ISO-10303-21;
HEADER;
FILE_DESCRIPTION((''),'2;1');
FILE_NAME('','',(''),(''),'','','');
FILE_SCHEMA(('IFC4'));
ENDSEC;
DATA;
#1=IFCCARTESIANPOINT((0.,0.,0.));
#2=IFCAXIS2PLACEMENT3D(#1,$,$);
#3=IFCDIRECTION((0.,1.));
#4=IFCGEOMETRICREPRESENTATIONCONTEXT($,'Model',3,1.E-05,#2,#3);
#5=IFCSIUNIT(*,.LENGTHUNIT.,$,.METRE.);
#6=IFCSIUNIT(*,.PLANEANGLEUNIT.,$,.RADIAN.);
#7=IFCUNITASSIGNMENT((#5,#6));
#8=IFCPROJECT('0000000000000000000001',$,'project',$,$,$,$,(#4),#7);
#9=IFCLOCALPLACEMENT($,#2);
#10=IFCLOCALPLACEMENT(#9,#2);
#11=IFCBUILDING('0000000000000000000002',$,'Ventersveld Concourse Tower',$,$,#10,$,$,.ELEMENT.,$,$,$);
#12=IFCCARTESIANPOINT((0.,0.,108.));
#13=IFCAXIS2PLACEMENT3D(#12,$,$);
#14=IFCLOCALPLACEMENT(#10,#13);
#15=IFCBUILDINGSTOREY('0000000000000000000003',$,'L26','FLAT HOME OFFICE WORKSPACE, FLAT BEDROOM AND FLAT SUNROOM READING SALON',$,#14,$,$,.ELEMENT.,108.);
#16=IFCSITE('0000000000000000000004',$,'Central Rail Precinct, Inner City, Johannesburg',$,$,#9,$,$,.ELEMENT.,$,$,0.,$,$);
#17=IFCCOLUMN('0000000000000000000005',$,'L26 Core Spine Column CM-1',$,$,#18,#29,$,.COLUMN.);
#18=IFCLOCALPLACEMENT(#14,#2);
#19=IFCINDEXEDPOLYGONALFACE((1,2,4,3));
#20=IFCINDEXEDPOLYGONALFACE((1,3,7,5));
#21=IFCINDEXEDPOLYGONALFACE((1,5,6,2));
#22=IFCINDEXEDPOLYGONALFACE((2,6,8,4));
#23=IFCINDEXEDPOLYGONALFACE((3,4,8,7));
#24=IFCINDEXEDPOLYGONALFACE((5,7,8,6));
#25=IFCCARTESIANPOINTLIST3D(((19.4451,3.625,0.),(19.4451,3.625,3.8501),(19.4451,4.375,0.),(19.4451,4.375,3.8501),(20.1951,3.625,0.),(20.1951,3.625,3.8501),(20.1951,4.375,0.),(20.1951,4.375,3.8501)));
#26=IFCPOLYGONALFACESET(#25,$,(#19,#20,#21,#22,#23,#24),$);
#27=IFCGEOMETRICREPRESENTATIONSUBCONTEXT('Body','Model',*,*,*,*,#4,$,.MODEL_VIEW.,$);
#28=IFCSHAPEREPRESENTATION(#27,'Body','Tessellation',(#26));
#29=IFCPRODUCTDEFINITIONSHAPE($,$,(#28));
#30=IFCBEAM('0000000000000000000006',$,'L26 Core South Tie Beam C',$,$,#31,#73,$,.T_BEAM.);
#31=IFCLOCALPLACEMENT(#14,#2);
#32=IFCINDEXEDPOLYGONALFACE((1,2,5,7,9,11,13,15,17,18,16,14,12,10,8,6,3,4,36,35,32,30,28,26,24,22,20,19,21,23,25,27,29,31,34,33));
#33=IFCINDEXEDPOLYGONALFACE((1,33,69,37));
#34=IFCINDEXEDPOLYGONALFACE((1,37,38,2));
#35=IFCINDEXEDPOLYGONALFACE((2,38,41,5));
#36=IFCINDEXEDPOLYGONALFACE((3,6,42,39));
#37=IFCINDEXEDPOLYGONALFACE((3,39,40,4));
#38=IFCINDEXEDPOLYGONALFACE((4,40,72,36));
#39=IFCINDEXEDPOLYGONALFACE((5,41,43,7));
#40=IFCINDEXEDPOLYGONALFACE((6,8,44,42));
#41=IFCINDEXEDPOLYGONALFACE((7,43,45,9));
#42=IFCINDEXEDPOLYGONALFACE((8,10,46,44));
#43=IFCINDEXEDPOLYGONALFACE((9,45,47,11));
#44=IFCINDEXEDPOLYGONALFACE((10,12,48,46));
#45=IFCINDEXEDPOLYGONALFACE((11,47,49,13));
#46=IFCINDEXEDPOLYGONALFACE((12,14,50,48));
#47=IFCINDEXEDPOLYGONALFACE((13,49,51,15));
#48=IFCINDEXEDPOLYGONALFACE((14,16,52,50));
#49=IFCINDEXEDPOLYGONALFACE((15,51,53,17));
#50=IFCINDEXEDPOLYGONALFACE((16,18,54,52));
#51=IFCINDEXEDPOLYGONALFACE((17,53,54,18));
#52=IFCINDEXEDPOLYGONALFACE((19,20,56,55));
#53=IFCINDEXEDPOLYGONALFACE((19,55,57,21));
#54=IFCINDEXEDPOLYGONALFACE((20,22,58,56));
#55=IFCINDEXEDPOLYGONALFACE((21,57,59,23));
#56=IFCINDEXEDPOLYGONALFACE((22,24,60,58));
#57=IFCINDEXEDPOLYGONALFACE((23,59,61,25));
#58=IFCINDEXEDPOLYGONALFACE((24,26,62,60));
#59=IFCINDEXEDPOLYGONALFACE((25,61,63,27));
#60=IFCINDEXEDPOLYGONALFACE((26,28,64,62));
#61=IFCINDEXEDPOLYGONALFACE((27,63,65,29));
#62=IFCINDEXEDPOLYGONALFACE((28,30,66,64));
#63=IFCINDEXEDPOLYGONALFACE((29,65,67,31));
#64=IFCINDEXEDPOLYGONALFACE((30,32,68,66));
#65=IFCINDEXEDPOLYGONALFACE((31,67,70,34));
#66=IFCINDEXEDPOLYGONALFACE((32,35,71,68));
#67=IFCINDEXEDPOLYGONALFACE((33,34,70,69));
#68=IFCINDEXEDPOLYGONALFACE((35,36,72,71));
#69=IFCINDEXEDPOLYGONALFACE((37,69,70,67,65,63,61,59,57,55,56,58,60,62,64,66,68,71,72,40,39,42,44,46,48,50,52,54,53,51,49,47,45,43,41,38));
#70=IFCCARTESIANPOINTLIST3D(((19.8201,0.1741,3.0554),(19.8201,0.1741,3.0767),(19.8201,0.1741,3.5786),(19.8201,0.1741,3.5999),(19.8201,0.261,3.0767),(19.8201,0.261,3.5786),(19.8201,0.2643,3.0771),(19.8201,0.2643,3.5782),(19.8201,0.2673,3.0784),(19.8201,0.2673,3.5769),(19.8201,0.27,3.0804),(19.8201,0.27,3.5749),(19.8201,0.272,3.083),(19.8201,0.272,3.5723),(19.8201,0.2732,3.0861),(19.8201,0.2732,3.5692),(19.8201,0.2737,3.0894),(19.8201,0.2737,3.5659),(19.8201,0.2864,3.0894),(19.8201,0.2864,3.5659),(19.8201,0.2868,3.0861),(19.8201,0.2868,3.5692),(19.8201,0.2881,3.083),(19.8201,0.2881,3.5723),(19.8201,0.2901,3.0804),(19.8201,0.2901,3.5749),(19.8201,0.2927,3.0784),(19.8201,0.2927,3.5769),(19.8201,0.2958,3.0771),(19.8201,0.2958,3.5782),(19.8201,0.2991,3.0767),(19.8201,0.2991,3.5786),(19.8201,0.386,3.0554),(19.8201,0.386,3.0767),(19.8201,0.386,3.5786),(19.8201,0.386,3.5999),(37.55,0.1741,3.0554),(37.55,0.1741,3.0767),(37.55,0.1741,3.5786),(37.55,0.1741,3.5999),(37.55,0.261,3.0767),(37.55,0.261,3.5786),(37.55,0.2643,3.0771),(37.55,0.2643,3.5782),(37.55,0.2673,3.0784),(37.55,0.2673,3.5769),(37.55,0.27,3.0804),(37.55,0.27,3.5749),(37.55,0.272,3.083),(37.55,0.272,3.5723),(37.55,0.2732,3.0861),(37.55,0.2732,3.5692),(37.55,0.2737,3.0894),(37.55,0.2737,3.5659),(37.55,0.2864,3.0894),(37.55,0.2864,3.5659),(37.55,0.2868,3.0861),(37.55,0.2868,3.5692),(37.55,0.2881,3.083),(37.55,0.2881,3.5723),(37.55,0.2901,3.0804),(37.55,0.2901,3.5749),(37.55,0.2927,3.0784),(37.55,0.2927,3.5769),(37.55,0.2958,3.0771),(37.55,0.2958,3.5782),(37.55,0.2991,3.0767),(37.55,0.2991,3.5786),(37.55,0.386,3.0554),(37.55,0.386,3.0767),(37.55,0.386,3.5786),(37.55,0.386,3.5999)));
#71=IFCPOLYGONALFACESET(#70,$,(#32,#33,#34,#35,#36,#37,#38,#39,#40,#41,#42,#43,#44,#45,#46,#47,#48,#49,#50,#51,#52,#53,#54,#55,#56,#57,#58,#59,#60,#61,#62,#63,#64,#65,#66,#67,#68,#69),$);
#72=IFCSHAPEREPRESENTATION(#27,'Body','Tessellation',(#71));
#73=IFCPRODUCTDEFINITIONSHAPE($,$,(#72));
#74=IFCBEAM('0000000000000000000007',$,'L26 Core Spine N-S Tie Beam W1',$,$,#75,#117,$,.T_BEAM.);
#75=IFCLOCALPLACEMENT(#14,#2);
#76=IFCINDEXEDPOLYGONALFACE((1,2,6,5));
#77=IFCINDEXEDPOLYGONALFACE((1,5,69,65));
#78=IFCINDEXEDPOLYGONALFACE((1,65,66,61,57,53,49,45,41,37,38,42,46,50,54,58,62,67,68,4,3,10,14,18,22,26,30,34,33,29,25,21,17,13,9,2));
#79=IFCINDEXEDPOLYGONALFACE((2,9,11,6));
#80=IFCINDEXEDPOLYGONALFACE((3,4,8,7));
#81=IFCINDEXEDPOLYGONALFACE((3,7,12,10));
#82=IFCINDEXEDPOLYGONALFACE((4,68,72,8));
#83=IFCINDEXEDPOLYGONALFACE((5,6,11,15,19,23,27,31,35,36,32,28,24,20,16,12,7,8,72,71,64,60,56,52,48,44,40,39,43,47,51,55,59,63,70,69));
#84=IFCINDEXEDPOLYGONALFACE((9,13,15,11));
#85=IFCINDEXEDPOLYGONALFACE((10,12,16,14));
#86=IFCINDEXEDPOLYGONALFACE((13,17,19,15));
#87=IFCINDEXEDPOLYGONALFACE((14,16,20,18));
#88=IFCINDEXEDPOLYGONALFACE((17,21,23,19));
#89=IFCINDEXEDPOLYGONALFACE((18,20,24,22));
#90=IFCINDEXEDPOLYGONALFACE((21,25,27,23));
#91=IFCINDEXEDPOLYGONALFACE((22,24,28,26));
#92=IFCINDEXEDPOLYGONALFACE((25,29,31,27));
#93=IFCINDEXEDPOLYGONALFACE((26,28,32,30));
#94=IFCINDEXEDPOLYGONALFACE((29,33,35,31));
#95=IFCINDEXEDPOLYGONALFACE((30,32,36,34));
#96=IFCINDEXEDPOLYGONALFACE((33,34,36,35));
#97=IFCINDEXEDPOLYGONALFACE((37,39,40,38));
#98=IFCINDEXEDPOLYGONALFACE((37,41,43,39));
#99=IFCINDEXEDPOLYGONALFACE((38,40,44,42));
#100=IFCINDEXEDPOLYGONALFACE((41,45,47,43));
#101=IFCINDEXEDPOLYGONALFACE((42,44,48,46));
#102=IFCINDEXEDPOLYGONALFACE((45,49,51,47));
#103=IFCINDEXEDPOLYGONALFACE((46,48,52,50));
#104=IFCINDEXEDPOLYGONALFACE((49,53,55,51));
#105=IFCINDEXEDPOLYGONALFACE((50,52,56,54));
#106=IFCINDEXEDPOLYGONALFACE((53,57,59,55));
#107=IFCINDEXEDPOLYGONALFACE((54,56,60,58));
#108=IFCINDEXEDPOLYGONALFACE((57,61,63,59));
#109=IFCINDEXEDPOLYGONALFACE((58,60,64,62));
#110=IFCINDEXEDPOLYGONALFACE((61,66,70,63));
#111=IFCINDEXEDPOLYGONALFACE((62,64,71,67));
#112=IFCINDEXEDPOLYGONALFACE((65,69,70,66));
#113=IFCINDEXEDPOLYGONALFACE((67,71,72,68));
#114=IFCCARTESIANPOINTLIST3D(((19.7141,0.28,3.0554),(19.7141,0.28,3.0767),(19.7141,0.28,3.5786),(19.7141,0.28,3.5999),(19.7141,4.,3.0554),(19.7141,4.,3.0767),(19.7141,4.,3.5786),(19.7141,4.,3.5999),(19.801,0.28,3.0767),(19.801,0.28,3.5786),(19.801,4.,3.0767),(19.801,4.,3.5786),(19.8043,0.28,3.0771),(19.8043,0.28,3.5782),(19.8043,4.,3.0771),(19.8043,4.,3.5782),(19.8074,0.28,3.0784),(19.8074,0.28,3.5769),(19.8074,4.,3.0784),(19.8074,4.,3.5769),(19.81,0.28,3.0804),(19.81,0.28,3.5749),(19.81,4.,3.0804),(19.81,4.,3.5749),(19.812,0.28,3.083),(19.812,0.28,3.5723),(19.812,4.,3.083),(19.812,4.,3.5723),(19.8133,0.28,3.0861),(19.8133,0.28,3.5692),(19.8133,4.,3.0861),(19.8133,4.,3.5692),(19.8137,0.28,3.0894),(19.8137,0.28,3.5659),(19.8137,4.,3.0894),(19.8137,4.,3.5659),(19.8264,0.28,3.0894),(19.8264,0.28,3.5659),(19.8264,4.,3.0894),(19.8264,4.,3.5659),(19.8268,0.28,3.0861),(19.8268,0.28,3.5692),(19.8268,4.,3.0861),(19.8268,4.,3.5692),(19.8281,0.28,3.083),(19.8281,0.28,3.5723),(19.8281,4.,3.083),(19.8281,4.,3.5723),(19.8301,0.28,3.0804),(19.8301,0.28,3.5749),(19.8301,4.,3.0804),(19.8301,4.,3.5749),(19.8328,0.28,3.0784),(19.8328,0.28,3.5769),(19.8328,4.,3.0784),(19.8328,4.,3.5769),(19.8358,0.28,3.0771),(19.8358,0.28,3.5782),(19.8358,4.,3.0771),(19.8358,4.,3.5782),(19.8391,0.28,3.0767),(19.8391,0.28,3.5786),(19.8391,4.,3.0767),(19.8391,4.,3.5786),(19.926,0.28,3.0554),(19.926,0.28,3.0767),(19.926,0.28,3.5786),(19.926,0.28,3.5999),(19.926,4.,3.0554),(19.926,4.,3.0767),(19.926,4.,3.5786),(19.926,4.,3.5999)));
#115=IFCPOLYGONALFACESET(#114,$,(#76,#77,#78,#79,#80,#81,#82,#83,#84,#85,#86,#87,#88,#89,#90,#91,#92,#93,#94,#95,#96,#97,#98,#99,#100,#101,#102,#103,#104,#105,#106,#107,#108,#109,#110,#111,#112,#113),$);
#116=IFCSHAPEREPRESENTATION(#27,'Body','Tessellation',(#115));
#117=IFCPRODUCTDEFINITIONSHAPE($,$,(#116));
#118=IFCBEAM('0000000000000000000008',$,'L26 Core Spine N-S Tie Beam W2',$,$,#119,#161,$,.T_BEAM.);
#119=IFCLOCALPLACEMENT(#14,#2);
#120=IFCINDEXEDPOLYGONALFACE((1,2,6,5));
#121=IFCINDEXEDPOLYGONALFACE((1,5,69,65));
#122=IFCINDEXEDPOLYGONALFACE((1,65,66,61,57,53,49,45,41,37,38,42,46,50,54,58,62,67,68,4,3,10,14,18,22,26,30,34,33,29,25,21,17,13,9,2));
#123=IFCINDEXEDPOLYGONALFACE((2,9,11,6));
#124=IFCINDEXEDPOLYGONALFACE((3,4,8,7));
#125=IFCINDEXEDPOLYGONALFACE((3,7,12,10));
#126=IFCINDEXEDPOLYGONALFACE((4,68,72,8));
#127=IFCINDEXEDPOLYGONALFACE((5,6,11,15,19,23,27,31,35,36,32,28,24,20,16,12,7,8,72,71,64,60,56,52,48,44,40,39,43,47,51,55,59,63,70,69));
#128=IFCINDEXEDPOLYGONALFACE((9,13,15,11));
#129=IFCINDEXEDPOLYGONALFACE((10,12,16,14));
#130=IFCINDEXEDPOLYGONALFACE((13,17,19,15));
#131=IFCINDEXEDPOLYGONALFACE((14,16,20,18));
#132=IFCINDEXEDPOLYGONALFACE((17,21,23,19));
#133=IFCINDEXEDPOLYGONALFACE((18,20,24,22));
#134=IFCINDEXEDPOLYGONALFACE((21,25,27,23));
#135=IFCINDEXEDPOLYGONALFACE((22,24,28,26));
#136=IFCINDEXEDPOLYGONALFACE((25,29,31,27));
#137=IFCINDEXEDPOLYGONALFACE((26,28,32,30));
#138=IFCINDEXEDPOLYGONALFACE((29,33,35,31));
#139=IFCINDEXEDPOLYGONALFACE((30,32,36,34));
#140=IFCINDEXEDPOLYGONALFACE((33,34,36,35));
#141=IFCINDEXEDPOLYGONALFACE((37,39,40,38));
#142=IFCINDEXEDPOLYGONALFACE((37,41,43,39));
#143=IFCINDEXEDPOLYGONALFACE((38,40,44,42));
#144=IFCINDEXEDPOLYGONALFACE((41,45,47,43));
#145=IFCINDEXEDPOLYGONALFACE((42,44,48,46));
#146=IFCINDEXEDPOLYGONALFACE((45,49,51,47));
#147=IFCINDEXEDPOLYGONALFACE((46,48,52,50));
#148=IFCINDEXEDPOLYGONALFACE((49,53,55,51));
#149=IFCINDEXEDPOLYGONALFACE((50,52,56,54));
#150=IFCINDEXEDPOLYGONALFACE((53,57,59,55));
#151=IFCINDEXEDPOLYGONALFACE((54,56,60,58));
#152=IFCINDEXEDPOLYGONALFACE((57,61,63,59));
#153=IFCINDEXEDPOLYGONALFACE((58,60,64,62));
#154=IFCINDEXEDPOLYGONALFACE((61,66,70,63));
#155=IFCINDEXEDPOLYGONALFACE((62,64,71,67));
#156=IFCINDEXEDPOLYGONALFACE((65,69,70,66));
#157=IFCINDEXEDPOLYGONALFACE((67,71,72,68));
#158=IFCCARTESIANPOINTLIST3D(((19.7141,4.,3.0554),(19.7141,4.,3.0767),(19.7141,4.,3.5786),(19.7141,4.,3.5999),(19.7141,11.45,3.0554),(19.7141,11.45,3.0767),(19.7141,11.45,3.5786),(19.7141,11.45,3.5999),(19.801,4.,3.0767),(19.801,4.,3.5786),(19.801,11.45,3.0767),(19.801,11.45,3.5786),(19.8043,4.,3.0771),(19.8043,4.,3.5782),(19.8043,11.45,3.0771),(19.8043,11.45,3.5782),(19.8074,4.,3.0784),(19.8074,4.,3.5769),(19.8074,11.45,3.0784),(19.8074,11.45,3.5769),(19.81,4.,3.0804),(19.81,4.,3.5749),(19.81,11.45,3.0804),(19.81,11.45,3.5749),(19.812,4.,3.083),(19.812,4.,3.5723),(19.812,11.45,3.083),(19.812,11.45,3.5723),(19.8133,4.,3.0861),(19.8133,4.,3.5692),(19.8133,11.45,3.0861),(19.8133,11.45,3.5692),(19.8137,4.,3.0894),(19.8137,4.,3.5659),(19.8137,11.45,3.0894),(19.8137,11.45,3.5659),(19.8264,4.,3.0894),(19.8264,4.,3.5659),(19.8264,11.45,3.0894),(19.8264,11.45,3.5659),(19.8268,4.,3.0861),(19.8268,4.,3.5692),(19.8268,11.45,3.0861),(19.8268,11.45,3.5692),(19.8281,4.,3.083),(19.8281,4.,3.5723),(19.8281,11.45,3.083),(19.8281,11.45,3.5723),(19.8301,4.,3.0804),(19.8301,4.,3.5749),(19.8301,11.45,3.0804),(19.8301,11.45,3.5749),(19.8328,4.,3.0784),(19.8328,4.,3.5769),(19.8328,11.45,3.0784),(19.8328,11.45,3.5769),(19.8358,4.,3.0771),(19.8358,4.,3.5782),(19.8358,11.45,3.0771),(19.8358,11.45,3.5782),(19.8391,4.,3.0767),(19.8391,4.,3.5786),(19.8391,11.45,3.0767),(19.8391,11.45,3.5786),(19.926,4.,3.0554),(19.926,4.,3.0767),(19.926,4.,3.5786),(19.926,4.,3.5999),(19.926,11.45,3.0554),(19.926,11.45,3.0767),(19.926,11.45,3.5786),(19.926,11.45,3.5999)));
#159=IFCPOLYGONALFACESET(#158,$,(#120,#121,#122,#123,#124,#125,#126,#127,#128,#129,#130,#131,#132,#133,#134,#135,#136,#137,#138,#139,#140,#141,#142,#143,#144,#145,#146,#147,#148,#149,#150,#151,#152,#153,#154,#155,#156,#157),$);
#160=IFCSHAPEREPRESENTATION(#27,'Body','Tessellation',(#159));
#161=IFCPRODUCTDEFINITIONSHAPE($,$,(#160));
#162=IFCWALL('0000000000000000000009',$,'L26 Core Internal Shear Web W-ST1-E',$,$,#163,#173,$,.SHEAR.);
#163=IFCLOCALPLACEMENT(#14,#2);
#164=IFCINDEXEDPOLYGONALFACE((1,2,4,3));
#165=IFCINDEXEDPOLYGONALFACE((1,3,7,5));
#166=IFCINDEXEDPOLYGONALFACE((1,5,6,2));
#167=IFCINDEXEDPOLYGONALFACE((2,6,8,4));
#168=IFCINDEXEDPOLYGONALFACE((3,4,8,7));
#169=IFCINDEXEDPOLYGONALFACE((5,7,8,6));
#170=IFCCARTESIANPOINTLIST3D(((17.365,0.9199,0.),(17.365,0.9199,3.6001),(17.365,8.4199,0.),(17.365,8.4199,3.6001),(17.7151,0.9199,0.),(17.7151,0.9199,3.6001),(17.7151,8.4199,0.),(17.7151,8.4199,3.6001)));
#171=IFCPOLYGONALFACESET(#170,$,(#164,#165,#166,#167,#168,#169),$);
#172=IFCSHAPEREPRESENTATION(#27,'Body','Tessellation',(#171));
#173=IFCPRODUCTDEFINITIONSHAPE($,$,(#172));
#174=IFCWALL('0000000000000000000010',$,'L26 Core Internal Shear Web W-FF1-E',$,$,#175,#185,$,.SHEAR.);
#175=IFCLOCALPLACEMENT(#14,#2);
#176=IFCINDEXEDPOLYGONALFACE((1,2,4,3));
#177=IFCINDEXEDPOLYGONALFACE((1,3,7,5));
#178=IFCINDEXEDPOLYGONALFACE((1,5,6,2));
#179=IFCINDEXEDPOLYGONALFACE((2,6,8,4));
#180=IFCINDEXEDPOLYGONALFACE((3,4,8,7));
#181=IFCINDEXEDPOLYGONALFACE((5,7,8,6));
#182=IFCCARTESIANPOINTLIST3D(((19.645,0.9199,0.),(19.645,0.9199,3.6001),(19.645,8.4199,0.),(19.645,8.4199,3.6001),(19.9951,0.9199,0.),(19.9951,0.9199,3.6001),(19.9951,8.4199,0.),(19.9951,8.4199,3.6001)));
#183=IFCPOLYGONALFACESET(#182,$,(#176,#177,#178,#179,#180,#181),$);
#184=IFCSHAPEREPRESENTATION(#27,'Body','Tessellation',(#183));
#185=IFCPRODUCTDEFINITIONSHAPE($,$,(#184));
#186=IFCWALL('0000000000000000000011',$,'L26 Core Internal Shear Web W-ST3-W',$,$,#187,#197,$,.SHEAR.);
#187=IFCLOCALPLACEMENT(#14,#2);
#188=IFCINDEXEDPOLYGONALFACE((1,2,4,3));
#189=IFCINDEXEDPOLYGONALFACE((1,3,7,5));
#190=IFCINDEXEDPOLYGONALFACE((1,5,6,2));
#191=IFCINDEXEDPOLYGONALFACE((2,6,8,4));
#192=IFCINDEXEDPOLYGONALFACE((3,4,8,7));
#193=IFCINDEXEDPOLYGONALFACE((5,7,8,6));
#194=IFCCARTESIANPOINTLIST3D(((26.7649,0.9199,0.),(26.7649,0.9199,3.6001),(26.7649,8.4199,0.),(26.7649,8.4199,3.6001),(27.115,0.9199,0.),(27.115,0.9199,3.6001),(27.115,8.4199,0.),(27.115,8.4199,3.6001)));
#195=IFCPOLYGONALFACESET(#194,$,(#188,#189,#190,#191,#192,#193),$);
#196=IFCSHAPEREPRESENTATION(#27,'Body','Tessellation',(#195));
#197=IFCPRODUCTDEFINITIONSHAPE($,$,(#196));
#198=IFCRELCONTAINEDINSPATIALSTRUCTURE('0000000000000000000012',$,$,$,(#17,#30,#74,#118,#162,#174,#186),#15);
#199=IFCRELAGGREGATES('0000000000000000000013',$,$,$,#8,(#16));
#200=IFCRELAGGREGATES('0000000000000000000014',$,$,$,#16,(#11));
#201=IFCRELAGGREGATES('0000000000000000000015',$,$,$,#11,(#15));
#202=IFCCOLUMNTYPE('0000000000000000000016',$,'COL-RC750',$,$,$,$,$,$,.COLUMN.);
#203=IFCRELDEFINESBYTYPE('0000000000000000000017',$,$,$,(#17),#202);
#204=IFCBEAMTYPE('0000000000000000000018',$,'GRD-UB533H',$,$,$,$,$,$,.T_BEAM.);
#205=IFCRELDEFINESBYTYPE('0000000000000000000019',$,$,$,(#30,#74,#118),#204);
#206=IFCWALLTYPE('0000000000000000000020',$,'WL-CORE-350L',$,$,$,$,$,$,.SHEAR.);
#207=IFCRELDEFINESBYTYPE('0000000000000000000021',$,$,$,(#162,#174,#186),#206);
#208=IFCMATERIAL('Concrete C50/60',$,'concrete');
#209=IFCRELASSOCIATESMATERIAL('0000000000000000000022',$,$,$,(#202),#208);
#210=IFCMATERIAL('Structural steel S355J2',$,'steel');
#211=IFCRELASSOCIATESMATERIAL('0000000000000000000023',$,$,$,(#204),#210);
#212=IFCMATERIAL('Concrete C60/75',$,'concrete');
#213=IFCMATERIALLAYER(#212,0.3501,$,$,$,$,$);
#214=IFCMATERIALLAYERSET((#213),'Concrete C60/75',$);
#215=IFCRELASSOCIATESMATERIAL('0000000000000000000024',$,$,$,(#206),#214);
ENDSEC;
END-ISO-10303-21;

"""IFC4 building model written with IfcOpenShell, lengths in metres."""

from ifc_helpers import new_model, si_unit, direction, frame, frame_2d, origin, origin_2d, place, context, subcontext, project, spatial, rectangle, i_section, extrude, material, layer, layer_set, material_profile, profile_set, type_object, element, save


model = new_model("IFC4")

# Units and contexts
model_context = context("Model", 3, precision=1e-05, world=origin(), true_north=direction((0.0, 1.0)))
body_context = subcontext(model_context, "Body", "Model", "MODEL_VIEW")
ifc_project = project(units=[si_unit("LENGTHUNIT", "METRE"), si_unit("PLANEANGLEUNIT", "RADIAN")], contexts=[model_context])

# Site, building, storey
site_placement = place(None, origin())
site = spatial("IfcSite", under=ifc_project, at=site_placement, Name="Central Rail Precinct, Inner City, Johannesburg", CompositionType="ELEMENT", RefElevation=0.0)
building_placement = place(site_placement, origin())
building = spatial("IfcBuilding", under=site, at=building_placement, Name="Ventersveld Concourse Tower", CompositionType="ELEMENT")
storey_placement = place(building_placement, frame((0.0, 0.0, 108.0)))
storey = spatial("IfcBuildingStorey", under=building, at=storey_placement, Name="L26", Description="FLAT HOME OFFICE WORKSPACE, FLAT BEDROOM AND FLAT SUNROOM READING SALON", CompositionType="ELEMENT", Elevation=108.0)

# Column
ifc_material_1 = material(Name="Concrete C50/60", Category="concrete")
ifc_material_profile_1 = material_profile(ifc_material_1, rectangle(XDim=0.75, YDim=0.75, at=origin_2d()), Name="RC 750x750")
ifc_profile_set_1 = profile_set([ifc_material_profile_1], Name="Concrete C50/60")
column_type = type_object("IfcColumnType", Name="COL-RC750", PredefinedType="COLUMN", material=ifc_profile_set_1)
column_placement = place(storey_placement, frame((19.8201, 4.0, 0.0), z_axis=(0.0, 0.0, 1.0), x_axis=(1.0, 0.0, 0.0)))
element("IfcColumn", 1, at=column_placement, inside=storey, type_object=column_type, Name="L26 Core Spine Column CM-1", PredefinedType="COLUMN", context=body_context, shape_type="SweptSolid", body=[
    extrude(rectangle(XDim=0.75, YDim=0.75, at=origin_2d()), origin(), (0.0, 0.0, 1.0), 3.8501),
])

# Beams
ifc_material_2 = material(Name="Structural steel S355J2", Category="steel")
ifc_material_profile_2 = material_profile(ifc_material_2, i_section(OverallWidth=0.2119, OverallDepth=0.5444, WebThickness=0.0127, FlangeThickness=0.0212, FilletRadius=0.0127, at=origin_2d()), Name="UB 533x210x122")
ifc_profile_set_2 = profile_set([ifc_material_profile_2], Name="Structural steel S355J2")
beam_type = type_object("IfcBeamType", Name="GRD-UB533H", PredefinedType="T_BEAM", material=ifc_profile_set_2)
beam_1_placement = place(storey_placement, frame((19.8201, 0.28, 3.3276), z_axis=(1.0, 0.0, 0.0), x_axis=(0.0, 1.0, 0.0)))
element("IfcBeam", 2, at=beam_1_placement, inside=storey, type_object=beam_type, Name="L26 Core South Tie Beam C", PredefinedType="T_BEAM", context=body_context, shape_type="SweptSolid", body=[
    extrude(i_section(OverallWidth=0.2119, OverallDepth=0.5444, WebThickness=0.0127, FlangeThickness=0.0212, FilletRadius=0.0127, at=origin_2d()), origin(), (0.0, 0.0, 1.0), 17.73),
])
beam_2_placement = place(storey_placement, frame((19.8201, 0.28, 3.3276), z_axis=(0.0, 1.0, 0.0), x_axis=(-1.0, 0.0, 0.0)))
element("IfcBeam", 3, at=beam_2_placement, inside=storey, type_object=beam_type, Name="L26 Core Spine N-S Tie Beam W1", PredefinedType="T_BEAM", context=body_context, shape_type="SweptSolid", body=[
    extrude(i_section(OverallWidth=0.2119, OverallDepth=0.5444, WebThickness=0.0127, FlangeThickness=0.0212, FilletRadius=0.0127, at=origin_2d()), origin(), (0.0, 0.0, 1.0), 3.72),
])
beam_3_placement = place(storey_placement, frame((19.8201, 4.0, 3.3276), z_axis=(0.0, 1.0, 0.0), x_axis=(-1.0, 0.0, 0.0)))
element("IfcBeam", 4, at=beam_3_placement, inside=storey, type_object=beam_type, Name="L26 Core Spine N-S Tie Beam W2", PredefinedType="T_BEAM", context=body_context, shape_type="SweptSolid", body=[
    extrude(i_section(OverallWidth=0.2119, OverallDepth=0.5444, WebThickness=0.0127, FlangeThickness=0.0212, FilletRadius=0.0127, at=origin_2d()), origin(), (0.0, 0.0, 1.0), 7.45),
])

# Walls
ifc_material_3 = material(Name="Concrete C60/75", Category="concrete")
ifc_layer_1 = layer(ifc_material_3, 0.3501)
ifc_layer_set_1 = layer_set([ifc_layer_1], Name="Concrete C60/75")
wall_type_1 = type_object("IfcWallType", Name="WL-CORE-350L", PredefinedType="SHEAR", material=ifc_layer_set_1)
for number, where, z_axis, x_axis, name in (
    (5, (17.54, 0.9199, 0.0), (0.0, 0.0, 1.0), (0.0, 1.0, 0.0), "L26 Core Internal Shear Web W-ST1-E"),
    (6, (19.8201, 0.9199, 0.0), (0.0, 0.0, 1.0), (0.0, 1.0, 0.0), "L26 Core Internal Shear Web W-FF1-E"),
    (7, (26.9399, 0.9199, 0.0), (0.0, 0.0, 1.0), (0.0, 1.0, 0.0), "L26 Core Internal Shear Web W-ST3-W"),
):
    element("IfcWall", number, at=place(storey_placement, frame(where, z_axis=z_axis, x_axis=x_axis)), inside=storey, type_object=wall_type_1, Name=name, PredefinedType="SHEAR", context=body_context, shape_type="SweptSolid", body=[
        extrude(rectangle(XDim=7.5, YDim=0.3501, at=frame_2d((3.75, 0.0))), origin(), (0.0, 0.0, 1.0), 3.6001),
    ])

save(model, "model.ifc")
